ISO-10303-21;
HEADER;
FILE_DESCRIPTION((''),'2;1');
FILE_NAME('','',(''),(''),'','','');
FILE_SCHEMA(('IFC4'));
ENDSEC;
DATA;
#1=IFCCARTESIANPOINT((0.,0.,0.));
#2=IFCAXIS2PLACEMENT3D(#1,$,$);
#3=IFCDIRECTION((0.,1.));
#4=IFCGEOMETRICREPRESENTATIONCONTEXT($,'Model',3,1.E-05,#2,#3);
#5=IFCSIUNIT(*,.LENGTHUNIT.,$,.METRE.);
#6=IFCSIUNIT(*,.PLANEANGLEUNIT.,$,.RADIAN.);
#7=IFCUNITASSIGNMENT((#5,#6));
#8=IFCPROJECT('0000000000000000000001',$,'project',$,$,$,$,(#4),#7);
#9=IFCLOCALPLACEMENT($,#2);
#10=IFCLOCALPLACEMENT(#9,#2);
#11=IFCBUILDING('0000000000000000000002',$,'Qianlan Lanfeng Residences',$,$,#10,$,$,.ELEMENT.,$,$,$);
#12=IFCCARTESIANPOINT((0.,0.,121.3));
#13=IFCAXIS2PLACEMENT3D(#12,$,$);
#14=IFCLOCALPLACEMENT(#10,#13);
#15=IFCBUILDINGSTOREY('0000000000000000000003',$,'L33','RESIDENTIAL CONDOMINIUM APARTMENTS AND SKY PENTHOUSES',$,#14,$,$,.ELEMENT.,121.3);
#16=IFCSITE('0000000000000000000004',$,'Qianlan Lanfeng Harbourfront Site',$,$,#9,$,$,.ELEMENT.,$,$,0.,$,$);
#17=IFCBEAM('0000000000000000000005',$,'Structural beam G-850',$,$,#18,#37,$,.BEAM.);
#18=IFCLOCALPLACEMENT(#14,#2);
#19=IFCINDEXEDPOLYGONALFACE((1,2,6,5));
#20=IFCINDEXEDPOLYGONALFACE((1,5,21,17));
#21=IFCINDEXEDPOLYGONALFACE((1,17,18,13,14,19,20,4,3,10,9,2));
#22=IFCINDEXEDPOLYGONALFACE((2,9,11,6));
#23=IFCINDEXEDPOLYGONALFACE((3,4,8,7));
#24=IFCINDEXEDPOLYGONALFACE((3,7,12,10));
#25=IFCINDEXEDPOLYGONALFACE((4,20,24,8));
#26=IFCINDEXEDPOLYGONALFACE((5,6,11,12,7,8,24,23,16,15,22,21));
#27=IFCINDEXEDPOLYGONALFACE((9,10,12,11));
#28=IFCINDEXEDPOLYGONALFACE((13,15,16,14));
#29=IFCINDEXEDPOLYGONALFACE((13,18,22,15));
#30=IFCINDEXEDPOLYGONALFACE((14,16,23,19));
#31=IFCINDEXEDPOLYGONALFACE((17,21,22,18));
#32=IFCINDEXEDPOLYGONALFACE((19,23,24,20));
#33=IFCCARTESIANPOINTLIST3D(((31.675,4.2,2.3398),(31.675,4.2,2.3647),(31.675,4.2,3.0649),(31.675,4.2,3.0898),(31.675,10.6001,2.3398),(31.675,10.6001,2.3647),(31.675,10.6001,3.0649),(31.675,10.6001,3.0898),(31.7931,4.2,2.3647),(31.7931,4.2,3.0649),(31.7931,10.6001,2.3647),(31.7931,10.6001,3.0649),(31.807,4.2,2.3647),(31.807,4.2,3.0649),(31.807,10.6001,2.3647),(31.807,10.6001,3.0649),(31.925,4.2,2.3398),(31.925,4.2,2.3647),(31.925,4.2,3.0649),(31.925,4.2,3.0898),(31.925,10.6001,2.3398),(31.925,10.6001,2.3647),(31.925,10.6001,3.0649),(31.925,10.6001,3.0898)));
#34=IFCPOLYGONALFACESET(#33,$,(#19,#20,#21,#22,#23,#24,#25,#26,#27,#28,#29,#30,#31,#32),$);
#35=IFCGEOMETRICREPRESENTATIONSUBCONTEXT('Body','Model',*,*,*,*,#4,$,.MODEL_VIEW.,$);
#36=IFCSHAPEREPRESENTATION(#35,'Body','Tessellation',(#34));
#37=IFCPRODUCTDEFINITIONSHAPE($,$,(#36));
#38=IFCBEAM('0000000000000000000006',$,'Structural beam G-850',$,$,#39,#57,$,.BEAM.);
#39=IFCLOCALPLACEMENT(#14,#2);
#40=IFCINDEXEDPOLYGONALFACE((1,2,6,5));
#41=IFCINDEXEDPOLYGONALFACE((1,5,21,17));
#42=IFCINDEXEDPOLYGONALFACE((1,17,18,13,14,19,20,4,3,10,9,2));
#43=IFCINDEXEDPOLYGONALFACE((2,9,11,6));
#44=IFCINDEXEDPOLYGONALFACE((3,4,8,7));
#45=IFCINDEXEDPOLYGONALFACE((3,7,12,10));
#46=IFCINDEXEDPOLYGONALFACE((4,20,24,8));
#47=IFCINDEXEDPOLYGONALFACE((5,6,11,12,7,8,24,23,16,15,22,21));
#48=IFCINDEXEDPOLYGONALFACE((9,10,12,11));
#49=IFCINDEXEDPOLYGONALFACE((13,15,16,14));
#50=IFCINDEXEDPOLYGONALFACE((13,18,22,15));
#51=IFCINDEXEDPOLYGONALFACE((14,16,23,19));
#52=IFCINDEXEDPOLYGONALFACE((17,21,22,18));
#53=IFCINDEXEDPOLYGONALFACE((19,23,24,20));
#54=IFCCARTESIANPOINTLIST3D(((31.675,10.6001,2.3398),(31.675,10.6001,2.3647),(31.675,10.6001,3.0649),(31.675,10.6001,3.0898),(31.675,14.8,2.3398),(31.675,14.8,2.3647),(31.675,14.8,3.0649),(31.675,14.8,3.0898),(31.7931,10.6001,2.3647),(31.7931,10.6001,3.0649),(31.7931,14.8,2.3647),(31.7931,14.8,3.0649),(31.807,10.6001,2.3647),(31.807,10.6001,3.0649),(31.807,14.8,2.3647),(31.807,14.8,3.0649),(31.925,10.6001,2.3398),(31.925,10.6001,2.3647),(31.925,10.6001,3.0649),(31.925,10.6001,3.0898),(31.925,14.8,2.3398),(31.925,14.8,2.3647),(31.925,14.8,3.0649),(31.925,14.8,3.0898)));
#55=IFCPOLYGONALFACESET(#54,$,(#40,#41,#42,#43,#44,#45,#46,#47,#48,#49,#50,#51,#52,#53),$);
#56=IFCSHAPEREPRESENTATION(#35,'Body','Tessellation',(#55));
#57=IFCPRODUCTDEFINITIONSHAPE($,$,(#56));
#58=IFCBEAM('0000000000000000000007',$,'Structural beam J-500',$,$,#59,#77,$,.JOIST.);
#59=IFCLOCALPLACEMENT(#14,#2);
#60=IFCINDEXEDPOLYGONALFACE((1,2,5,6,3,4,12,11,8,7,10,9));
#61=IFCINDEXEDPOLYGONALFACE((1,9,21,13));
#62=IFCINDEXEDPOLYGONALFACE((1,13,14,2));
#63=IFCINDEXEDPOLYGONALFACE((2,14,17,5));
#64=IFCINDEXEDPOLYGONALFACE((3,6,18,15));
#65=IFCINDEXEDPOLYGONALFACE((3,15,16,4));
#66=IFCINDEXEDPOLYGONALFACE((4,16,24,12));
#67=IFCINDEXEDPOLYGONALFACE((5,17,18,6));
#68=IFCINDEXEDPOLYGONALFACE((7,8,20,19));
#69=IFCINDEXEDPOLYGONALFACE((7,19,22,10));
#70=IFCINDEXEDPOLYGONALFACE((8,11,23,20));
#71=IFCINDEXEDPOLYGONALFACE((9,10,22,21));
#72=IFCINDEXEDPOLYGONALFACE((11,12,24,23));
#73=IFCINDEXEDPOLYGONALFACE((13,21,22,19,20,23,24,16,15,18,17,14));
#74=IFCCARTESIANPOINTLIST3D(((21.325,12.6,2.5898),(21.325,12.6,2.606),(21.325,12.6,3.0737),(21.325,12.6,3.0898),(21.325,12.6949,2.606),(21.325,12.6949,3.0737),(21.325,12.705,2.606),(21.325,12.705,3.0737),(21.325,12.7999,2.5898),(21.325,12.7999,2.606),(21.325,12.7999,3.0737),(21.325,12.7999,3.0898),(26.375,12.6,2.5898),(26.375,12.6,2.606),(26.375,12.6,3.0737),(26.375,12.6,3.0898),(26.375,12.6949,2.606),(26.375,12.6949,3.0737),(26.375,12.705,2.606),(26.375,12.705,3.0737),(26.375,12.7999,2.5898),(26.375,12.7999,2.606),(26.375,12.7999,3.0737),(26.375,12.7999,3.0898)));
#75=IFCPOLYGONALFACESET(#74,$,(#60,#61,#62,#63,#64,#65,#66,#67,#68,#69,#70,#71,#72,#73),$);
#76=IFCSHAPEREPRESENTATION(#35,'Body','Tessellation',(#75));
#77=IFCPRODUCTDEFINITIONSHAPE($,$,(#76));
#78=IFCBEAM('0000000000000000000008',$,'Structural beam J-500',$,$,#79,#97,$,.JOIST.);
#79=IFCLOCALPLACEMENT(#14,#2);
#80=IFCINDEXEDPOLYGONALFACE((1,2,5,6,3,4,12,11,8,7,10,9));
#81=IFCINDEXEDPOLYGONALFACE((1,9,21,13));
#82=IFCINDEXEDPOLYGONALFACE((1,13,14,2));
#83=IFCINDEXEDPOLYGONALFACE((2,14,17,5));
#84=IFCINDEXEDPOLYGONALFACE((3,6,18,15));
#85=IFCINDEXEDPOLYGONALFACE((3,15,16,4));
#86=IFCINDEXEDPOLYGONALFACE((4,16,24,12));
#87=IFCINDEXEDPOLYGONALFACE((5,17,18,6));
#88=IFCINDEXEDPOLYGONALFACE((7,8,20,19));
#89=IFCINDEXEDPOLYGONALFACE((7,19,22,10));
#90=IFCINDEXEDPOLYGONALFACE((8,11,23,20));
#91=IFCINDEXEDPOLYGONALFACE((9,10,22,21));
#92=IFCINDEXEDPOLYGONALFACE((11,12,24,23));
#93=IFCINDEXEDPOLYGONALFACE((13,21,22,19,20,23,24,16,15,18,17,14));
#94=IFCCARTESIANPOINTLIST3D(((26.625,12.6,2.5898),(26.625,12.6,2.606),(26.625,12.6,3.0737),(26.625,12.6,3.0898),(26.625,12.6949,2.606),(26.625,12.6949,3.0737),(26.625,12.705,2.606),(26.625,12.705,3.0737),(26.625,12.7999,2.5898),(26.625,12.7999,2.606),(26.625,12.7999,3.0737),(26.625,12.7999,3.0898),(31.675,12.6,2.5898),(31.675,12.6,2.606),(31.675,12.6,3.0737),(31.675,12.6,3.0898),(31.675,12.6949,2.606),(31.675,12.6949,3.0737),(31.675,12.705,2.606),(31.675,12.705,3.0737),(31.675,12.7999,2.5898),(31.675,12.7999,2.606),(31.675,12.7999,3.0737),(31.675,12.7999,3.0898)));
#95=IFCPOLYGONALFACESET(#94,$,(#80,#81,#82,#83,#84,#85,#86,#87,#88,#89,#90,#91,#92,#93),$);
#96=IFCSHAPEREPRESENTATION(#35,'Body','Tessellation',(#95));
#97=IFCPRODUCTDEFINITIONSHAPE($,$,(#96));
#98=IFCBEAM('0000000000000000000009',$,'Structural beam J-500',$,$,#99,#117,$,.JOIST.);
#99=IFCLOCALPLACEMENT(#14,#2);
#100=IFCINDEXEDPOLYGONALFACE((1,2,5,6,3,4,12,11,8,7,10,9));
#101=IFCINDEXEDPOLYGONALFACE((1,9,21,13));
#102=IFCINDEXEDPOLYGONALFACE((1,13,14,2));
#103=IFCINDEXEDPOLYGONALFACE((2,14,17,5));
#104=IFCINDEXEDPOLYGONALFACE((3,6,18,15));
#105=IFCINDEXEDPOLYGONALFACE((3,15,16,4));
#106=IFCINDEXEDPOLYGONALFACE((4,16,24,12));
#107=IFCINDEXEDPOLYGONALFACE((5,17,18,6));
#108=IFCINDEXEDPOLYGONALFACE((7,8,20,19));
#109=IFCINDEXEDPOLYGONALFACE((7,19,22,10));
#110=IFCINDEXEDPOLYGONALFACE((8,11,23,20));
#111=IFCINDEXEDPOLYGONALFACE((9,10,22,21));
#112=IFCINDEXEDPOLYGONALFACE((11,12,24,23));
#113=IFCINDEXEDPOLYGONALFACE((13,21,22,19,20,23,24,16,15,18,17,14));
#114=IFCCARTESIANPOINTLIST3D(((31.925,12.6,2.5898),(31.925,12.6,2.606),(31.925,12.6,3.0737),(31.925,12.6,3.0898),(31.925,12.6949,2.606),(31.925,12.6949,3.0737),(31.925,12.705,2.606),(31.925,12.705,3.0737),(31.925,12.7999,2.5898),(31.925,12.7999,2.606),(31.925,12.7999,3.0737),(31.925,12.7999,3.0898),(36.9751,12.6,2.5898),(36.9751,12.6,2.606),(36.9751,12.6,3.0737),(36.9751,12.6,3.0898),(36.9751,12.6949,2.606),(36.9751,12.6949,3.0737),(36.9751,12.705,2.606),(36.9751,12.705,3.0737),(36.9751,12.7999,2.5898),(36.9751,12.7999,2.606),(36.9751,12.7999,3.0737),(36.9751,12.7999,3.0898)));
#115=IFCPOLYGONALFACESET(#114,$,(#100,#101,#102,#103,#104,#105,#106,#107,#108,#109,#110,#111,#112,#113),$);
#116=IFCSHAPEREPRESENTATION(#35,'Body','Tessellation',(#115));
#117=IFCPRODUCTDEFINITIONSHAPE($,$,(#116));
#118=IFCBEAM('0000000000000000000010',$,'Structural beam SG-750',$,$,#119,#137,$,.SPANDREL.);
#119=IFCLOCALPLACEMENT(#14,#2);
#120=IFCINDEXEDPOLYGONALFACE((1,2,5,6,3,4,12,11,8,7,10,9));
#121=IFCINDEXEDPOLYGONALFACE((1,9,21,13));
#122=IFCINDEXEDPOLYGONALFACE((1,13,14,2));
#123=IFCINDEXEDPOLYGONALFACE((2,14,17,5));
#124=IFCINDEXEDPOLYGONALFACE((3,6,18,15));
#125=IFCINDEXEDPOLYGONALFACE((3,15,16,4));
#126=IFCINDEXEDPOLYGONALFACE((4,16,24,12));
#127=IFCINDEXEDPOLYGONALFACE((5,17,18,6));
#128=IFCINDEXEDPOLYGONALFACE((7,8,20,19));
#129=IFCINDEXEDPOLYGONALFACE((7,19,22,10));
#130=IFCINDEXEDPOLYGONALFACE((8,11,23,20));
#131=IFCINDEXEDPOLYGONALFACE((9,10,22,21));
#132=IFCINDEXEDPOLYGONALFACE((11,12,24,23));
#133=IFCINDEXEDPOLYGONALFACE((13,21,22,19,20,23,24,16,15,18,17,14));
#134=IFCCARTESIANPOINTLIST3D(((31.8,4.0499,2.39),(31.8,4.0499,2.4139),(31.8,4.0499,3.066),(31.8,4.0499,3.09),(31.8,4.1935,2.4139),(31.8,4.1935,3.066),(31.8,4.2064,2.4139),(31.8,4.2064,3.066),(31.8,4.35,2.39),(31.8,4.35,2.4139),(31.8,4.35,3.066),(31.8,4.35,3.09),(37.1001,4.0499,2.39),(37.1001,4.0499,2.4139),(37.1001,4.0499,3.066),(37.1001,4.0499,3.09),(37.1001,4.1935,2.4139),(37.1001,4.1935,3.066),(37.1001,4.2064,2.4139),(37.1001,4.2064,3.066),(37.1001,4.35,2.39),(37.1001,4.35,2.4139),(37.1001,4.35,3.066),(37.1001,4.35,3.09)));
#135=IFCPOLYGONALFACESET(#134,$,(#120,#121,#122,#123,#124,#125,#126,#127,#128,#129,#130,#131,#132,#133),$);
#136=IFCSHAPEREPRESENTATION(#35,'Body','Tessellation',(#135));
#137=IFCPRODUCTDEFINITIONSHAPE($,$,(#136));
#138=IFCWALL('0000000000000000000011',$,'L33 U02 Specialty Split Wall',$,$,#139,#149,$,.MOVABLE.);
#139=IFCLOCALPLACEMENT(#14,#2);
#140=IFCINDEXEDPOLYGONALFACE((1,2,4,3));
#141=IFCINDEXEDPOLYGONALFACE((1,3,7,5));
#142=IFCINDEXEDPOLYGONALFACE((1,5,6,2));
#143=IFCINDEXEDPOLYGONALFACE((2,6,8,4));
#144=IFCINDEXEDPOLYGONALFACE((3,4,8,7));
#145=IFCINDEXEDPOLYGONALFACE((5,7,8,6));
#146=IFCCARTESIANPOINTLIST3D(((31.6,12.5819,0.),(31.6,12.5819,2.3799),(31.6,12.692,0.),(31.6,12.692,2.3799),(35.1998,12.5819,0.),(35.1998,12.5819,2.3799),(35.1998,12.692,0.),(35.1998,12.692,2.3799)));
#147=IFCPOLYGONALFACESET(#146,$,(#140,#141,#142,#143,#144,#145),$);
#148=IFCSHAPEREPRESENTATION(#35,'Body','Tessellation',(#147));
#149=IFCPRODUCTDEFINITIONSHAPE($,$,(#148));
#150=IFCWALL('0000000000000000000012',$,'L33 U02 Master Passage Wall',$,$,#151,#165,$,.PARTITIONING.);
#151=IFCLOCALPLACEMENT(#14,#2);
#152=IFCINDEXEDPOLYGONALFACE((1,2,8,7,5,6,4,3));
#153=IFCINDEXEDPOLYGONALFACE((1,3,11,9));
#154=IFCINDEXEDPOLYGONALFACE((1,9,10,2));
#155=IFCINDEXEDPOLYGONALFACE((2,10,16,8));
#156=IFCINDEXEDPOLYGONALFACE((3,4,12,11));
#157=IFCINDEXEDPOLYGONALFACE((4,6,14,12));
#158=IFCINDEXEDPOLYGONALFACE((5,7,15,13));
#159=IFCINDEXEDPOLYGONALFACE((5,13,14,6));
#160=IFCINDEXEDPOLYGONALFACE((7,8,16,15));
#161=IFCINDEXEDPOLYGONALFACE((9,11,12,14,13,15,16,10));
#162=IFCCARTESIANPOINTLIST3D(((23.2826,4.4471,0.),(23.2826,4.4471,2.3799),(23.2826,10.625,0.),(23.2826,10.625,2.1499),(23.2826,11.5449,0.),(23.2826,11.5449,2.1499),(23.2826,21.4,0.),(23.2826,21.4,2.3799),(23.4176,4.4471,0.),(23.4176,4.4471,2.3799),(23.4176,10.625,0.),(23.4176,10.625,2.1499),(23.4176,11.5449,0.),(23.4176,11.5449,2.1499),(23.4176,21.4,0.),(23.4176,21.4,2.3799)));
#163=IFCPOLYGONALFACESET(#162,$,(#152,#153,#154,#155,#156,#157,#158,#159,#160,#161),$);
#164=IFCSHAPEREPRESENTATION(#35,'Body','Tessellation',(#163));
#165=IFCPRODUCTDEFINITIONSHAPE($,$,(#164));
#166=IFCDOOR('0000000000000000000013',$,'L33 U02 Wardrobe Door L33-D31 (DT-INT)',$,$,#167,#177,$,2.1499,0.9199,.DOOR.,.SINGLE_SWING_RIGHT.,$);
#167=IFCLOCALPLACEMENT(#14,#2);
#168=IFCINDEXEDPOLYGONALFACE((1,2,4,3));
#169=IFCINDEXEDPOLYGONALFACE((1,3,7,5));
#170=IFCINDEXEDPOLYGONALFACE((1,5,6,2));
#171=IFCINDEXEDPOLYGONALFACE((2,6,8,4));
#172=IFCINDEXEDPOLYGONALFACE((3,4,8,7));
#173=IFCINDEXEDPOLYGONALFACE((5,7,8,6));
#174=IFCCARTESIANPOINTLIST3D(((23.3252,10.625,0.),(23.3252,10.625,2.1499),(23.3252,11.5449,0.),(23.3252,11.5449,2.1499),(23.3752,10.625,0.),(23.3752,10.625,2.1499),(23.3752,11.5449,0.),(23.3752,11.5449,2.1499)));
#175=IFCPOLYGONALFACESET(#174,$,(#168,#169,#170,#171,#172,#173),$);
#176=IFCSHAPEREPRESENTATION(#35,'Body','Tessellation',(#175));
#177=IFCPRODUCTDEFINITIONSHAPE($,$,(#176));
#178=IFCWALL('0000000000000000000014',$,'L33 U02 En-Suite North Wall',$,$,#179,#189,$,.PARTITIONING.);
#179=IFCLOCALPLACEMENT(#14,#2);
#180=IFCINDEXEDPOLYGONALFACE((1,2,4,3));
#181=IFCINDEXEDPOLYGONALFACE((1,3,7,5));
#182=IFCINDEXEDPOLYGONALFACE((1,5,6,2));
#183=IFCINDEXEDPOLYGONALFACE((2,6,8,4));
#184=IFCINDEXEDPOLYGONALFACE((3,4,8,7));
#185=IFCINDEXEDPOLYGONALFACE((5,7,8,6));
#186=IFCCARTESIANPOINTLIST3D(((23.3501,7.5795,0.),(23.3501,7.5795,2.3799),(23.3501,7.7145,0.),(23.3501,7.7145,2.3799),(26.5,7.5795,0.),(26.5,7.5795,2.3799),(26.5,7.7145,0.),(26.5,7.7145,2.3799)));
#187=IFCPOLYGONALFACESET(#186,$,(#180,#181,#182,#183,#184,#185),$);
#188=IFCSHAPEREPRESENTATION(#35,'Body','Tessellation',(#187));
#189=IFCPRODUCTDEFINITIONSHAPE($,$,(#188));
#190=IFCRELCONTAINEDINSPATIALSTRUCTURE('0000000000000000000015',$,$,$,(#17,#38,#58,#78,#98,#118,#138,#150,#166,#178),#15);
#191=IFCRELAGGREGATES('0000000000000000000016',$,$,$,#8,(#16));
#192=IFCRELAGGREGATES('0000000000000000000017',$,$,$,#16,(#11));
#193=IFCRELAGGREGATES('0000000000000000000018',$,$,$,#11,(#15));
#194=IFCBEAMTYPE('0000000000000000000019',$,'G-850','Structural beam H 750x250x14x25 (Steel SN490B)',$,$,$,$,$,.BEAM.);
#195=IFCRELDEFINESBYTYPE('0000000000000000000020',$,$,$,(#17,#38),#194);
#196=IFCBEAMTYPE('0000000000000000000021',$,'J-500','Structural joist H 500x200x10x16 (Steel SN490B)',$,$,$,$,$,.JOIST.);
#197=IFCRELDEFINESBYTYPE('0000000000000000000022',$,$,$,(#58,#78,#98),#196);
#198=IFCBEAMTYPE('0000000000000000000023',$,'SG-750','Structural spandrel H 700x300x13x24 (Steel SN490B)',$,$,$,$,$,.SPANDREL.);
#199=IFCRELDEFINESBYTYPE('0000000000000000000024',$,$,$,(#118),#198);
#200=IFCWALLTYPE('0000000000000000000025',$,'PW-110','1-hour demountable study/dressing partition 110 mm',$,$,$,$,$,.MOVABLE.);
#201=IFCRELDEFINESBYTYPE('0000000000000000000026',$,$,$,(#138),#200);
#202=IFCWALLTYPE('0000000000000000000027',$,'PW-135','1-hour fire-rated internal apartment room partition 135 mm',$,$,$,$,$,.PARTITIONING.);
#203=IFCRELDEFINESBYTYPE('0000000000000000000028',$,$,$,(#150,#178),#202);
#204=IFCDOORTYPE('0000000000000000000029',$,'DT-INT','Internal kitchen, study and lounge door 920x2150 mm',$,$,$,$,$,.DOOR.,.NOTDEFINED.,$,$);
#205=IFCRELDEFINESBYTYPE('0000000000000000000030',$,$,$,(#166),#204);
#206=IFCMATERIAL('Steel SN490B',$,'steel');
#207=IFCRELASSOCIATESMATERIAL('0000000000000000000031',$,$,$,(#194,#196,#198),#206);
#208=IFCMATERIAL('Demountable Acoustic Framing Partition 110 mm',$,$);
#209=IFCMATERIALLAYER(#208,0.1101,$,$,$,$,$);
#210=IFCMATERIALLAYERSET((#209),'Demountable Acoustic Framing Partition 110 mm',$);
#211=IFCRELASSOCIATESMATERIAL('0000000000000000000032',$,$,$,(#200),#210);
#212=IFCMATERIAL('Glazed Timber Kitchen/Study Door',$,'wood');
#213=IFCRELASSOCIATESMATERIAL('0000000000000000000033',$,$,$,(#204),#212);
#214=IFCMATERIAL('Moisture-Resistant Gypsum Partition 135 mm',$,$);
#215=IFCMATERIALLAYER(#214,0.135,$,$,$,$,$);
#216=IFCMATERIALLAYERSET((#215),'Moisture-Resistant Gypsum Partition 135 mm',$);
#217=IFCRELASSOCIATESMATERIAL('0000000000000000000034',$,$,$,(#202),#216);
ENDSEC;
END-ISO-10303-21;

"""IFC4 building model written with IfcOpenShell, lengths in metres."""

from ifc_helpers import new_model, si_unit, direction, frame, frame_2d, origin, origin_2d, place, context, subcontext, project, spatial, rectangle, i_section, extrude, material, layer, layer_set, material_profile, profile_set, type_object, element, fill, save


model = new_model("IFC4")

# Units and contexts
model_context = context("Model", 3, precision=1e-05, world=origin(), true_north=direction((0.0, 1.0)))
body_context = subcontext(model_context, "Body", "Model", "MODEL_VIEW")
ifc_project = project(units=[si_unit("LENGTHUNIT", "METRE"), si_unit("PLANEANGLEUNIT", "RADIAN")], contexts=[model_context])

# Site, building, storey
site_placement = place(None, origin())
site = spatial("IfcSite", under=ifc_project, at=site_placement, Name="Qianlan Lanfeng Harbourfront Site", CompositionType="ELEMENT", RefElevation=0.0)
building_placement = place(site_placement, origin())
building = spatial("IfcBuilding", under=site, at=building_placement, Name="Qianlan Lanfeng Residences", CompositionType="ELEMENT")
storey_placement = place(building_placement, frame((0.0, 0.0, 121.3)))
storey = spatial("IfcBuildingStorey", under=building, at=storey_placement, Name="L33", Description="RESIDENTIAL CONDOMINIUM APARTMENTS AND SKY PENTHOUSES", CompositionType="ELEMENT", Elevation=121.3)

# Shared definitions
ifc_material_1 = material(Name="Steel SN490B", Category="steel")

# Beams
ifc_material_profile_1 = material_profile(ifc_material_1, i_section(OverallWidth=0.25, OverallDepth=0.75, WebThickness=0.0139, FlangeThickness=0.0249, at=origin_2d()), Name="H 750x250x14x25")
ifc_profile_set_1 = profile_set([ifc_material_profile_1], Name="Steel SN490B")
beam_type_1 = type_object("IfcBeamType", Name="G-850", Description="Structural beam H 750x250x14x25 (Steel SN490B)", PredefinedType="BEAM", material=ifc_profile_set_1)
beam_1_placement = place(storey_placement, frame((31.8, 4.2, 2.7148), z_axis=(0.0, 1.0, 0.0), x_axis=(-1.0, 0.0, 0.0)))
element("IfcBeam", 1, at=beam_1_placement, inside=storey, type_object=beam_type_1, Name="Structural beam G-850", PredefinedType="BEAM", context=body_context, shape_type="SweptSolid", body=[
    extrude(i_section(OverallWidth=0.25, OverallDepth=0.75, WebThickness=0.0139, FlangeThickness=0.0249, at=origin_2d()), origin(), (0.0, 0.0, 1.0), 6.4001),
])
beam_2_placement = place(storey_placement, frame((31.8, 10.6001, 2.7148), z_axis=(0.0, 1.0, 0.0), x_axis=(-1.0, 0.0, 0.0)))
element("IfcBeam", 2, at=beam_2_placement, inside=storey, type_object=beam_type_1, Name="Structural beam G-850", PredefinedType="BEAM", context=body_context, shape_type="SweptSolid", body=[
    extrude(i_section(OverallWidth=0.25, OverallDepth=0.75, WebThickness=0.0139, FlangeThickness=0.0249, at=origin_2d()), origin(), (0.0, 0.0, 1.0), 4.2),
])
ifc_material_profile_2 = material_profile(ifc_material_1, i_section(OverallWidth=0.2, OverallDepth=0.5, WebThickness=0.01, FlangeThickness=0.0161, at=origin_2d()), Name="H 500x200x10x16")
ifc_profile_set_2 = profile_set([ifc_material_profile_2], Name="Steel SN490B")
beam_type_2 = type_object("IfcBeamType", Name="J-500", Description="Structural joist H 500x200x10x16 (Steel SN490B)", PredefinedType="JOIST", material=ifc_profile_set_2)
for number, where, z_axis, x_axis, name in (
    (3, (21.325, 12.7, 2.8398), (1.0, 0.0, 0.0), (0.0, 1.0, 0.0), "Structural beam J-500"),
    (4, (26.625, 12.7, 2.8398), (1.0, 0.0, 0.0), (0.0, 1.0, 0.0), "Structural beam J-500"),
    (5, (31.925, 12.7, 2.8398), (1.0, 0.0, 0.0), (0.0, 1.0, 0.0), "Structural beam J-500"),
):
    element("IfcBeam", number, at=place(storey_placement, frame(where, z_axis=z_axis, x_axis=x_axis)), inside=storey, type_object=beam_type_2, Name=name, PredefinedType="JOIST", context=body_context, shape_type="SweptSolid", body=[
        extrude(i_section(OverallWidth=0.2, OverallDepth=0.5, WebThickness=0.01, FlangeThickness=0.0161, at=origin_2d()), origin(), (0.0, 0.0, 1.0), 5.05),
    ])
ifc_material_profile_3 = material_profile(ifc_material_1, i_section(OverallWidth=0.3, OverallDepth=0.7, WebThickness=0.0129, FlangeThickness=0.0239, at=origin_2d()), Name="H 700x300x13x24")
ifc_profile_set_3 = profile_set([ifc_material_profile_3], Name="Steel SN490B")
beam_type_3 = type_object("IfcBeamType", Name="SG-750", Description="Structural spandrel H 700x300x13x24 (Steel SN490B)", PredefinedType="SPANDREL", material=ifc_profile_set_3)
beam_3_placement = place(storey_placement, frame((31.8, 4.2, 2.74), z_axis=(1.0, 0.0, 0.0), x_axis=(0.0, 1.0, 0.0)))
element("IfcBeam", 6, at=beam_3_placement, inside=storey, type_object=beam_type_3, Name="Structural beam SG-750", PredefinedType="SPANDREL", context=body_context, shape_type="SweptSolid", body=[
    extrude(i_section(OverallWidth=0.3, OverallDepth=0.7, WebThickness=0.0129, FlangeThickness=0.0239, at=origin_2d()), origin(), (0.0, 0.0, 1.0), 5.3),
])

# Shared definitions
ifc_material_2 = material(Name="Demountable Acoustic Framing Partition 110 mm")
ifc_layer_1 = layer(ifc_material_2, 0.1101)
ifc_layer_set_1 = layer_set([ifc_layer_1], Name="Demountable Acoustic Framing Partition 110 mm")
wall_type_1 = type_object("IfcWallType", Name="PW-110", Description="1-hour demountable study/dressing partition 110 mm", PredefinedType="MOVABLE", material=ifc_layer_set_1)
ifc_material_3 = material(Name="Glazed Timber Kitchen/Study Door", Category="wood")
door_type_1 = type_object("IfcDoorType", Name="DT-INT", Description="Internal kitchen, study and lounge door 920x2150 mm", OperationType="NOTDEFINED", PredefinedType="DOOR", material=ifc_material_3)

# Wall
wall_1_placement = place(storey_placement, frame((31.6001, 12.637, 0.0), z_axis=(0.0, 0.0, 1.0), x_axis=(1.0, 0.0, 0.0)))
element("IfcWall", 7, at=wall_1_placement, inside=storey, type_object=wall_type_1, Name="L33 U02 Specialty Split Wall", PredefinedType="MOVABLE", context=body_context, shape_type="SweptSolid", body=[
    extrude(rectangle(XDim=3.5999, YDim=0.1101, at=frame_2d((1.7998, 0.0))), origin(), (0.0, 0.0, 1.0), 2.3799),
])

# Shared definitions
ifc_material_4 = material(Name="Moisture-Resistant Gypsum Partition 135 mm")
ifc_layer_2 = layer(ifc_material_4, 0.135)
ifc_layer_set_2 = layer_set([ifc_layer_2], Name="Moisture-Resistant Gypsum Partition 135 mm")
wall_type_2 = type_object("IfcWallType", Name="PW-135", Description="1-hour fire-rated internal apartment room partition 135 mm", PredefinedType="PARTITIONING", material=ifc_layer_set_2)

# Wall, opening, door
wall_2_placement = place(storey_placement, frame((23.3501, 4.447, 0.0), z_axis=(0.0, 0.0, 1.0), x_axis=(0.0, 1.0, 0.0)))
wall_2 = element("IfcWall", 8, at=wall_2_placement, inside=storey, type_object=wall_type_2, Name="L33 U02 Master Passage Wall", PredefinedType="PARTITIONING", context=body_context, shape_type="SweptSolid", body=[
    extrude(rectangle(XDim=16.9529, YDim=0.135, at=frame_2d((8.4766, 0.0))), origin(), (0.0, 0.0, 1.0), 2.3799),
])
opening_1_placement = place(wall_2_placement, frame((6.178, 0.0, 0.0)))
opening_1 = element("IfcOpeningElement", 9, at=opening_1_placement, cuts=wall_2, PredefinedType="OPENING", context=body_context, shape_type="SweptSolid", body=[
    extrude(rectangle(XDim=0.9199, YDim=2.1499, at=frame_2d((0.46, 1.075))), frame((0.0, 0.0776, 0.0), z_axis=(0.0, -1.0, 0.0), x_axis=(1.0, 0.0, 0.0)), (0.0, 0.0, 1.0), 0.155),
])
door_1_placement = place(opening_1_placement, origin())
door_1 = element("IfcDoor", 10, at=door_1_placement, inside=storey, type_object=door_type_1, Name="L33 U02 Wardrobe Door L33-D31 (DT-INT)", OperationType="SINGLE_SWING_RIGHT", OverallHeight=2.1499, OverallWidth=0.9199, PredefinedType="DOOR", context=body_context, shape_type="SweptSolid", body=[
    extrude(rectangle(XDim=0.9199, YDim=2.1499, at=frame_2d((0.46, 1.075))), frame((0.0, 0.0249, 0.0), z_axis=(0.0, -1.0, 0.0), x_axis=(1.0, 0.0, 0.0)), (0.0, 0.0, 1.0), 0.05),
])
fill(opening_1, door_1)

# Wall
wall_3_placement = place(storey_placement, frame((23.3501, 7.647, 0.0), z_axis=(0.0, 0.0, 1.0), x_axis=(1.0, 0.0, 0.0)))
element("IfcWall", 11, at=wall_3_placement, inside=storey, type_object=wall_type_2, Name="L33 U02 En-Suite North Wall", PredefinedType="PARTITIONING", context=body_context, shape_type="SweptSolid", body=[
    extrude(rectangle(XDim=3.1499, YDim=0.135, at=frame_2d((1.575, 0.0))), origin(), (0.0, 0.0, 1.0), 2.3799),
])

save(model, "model.ifc")
